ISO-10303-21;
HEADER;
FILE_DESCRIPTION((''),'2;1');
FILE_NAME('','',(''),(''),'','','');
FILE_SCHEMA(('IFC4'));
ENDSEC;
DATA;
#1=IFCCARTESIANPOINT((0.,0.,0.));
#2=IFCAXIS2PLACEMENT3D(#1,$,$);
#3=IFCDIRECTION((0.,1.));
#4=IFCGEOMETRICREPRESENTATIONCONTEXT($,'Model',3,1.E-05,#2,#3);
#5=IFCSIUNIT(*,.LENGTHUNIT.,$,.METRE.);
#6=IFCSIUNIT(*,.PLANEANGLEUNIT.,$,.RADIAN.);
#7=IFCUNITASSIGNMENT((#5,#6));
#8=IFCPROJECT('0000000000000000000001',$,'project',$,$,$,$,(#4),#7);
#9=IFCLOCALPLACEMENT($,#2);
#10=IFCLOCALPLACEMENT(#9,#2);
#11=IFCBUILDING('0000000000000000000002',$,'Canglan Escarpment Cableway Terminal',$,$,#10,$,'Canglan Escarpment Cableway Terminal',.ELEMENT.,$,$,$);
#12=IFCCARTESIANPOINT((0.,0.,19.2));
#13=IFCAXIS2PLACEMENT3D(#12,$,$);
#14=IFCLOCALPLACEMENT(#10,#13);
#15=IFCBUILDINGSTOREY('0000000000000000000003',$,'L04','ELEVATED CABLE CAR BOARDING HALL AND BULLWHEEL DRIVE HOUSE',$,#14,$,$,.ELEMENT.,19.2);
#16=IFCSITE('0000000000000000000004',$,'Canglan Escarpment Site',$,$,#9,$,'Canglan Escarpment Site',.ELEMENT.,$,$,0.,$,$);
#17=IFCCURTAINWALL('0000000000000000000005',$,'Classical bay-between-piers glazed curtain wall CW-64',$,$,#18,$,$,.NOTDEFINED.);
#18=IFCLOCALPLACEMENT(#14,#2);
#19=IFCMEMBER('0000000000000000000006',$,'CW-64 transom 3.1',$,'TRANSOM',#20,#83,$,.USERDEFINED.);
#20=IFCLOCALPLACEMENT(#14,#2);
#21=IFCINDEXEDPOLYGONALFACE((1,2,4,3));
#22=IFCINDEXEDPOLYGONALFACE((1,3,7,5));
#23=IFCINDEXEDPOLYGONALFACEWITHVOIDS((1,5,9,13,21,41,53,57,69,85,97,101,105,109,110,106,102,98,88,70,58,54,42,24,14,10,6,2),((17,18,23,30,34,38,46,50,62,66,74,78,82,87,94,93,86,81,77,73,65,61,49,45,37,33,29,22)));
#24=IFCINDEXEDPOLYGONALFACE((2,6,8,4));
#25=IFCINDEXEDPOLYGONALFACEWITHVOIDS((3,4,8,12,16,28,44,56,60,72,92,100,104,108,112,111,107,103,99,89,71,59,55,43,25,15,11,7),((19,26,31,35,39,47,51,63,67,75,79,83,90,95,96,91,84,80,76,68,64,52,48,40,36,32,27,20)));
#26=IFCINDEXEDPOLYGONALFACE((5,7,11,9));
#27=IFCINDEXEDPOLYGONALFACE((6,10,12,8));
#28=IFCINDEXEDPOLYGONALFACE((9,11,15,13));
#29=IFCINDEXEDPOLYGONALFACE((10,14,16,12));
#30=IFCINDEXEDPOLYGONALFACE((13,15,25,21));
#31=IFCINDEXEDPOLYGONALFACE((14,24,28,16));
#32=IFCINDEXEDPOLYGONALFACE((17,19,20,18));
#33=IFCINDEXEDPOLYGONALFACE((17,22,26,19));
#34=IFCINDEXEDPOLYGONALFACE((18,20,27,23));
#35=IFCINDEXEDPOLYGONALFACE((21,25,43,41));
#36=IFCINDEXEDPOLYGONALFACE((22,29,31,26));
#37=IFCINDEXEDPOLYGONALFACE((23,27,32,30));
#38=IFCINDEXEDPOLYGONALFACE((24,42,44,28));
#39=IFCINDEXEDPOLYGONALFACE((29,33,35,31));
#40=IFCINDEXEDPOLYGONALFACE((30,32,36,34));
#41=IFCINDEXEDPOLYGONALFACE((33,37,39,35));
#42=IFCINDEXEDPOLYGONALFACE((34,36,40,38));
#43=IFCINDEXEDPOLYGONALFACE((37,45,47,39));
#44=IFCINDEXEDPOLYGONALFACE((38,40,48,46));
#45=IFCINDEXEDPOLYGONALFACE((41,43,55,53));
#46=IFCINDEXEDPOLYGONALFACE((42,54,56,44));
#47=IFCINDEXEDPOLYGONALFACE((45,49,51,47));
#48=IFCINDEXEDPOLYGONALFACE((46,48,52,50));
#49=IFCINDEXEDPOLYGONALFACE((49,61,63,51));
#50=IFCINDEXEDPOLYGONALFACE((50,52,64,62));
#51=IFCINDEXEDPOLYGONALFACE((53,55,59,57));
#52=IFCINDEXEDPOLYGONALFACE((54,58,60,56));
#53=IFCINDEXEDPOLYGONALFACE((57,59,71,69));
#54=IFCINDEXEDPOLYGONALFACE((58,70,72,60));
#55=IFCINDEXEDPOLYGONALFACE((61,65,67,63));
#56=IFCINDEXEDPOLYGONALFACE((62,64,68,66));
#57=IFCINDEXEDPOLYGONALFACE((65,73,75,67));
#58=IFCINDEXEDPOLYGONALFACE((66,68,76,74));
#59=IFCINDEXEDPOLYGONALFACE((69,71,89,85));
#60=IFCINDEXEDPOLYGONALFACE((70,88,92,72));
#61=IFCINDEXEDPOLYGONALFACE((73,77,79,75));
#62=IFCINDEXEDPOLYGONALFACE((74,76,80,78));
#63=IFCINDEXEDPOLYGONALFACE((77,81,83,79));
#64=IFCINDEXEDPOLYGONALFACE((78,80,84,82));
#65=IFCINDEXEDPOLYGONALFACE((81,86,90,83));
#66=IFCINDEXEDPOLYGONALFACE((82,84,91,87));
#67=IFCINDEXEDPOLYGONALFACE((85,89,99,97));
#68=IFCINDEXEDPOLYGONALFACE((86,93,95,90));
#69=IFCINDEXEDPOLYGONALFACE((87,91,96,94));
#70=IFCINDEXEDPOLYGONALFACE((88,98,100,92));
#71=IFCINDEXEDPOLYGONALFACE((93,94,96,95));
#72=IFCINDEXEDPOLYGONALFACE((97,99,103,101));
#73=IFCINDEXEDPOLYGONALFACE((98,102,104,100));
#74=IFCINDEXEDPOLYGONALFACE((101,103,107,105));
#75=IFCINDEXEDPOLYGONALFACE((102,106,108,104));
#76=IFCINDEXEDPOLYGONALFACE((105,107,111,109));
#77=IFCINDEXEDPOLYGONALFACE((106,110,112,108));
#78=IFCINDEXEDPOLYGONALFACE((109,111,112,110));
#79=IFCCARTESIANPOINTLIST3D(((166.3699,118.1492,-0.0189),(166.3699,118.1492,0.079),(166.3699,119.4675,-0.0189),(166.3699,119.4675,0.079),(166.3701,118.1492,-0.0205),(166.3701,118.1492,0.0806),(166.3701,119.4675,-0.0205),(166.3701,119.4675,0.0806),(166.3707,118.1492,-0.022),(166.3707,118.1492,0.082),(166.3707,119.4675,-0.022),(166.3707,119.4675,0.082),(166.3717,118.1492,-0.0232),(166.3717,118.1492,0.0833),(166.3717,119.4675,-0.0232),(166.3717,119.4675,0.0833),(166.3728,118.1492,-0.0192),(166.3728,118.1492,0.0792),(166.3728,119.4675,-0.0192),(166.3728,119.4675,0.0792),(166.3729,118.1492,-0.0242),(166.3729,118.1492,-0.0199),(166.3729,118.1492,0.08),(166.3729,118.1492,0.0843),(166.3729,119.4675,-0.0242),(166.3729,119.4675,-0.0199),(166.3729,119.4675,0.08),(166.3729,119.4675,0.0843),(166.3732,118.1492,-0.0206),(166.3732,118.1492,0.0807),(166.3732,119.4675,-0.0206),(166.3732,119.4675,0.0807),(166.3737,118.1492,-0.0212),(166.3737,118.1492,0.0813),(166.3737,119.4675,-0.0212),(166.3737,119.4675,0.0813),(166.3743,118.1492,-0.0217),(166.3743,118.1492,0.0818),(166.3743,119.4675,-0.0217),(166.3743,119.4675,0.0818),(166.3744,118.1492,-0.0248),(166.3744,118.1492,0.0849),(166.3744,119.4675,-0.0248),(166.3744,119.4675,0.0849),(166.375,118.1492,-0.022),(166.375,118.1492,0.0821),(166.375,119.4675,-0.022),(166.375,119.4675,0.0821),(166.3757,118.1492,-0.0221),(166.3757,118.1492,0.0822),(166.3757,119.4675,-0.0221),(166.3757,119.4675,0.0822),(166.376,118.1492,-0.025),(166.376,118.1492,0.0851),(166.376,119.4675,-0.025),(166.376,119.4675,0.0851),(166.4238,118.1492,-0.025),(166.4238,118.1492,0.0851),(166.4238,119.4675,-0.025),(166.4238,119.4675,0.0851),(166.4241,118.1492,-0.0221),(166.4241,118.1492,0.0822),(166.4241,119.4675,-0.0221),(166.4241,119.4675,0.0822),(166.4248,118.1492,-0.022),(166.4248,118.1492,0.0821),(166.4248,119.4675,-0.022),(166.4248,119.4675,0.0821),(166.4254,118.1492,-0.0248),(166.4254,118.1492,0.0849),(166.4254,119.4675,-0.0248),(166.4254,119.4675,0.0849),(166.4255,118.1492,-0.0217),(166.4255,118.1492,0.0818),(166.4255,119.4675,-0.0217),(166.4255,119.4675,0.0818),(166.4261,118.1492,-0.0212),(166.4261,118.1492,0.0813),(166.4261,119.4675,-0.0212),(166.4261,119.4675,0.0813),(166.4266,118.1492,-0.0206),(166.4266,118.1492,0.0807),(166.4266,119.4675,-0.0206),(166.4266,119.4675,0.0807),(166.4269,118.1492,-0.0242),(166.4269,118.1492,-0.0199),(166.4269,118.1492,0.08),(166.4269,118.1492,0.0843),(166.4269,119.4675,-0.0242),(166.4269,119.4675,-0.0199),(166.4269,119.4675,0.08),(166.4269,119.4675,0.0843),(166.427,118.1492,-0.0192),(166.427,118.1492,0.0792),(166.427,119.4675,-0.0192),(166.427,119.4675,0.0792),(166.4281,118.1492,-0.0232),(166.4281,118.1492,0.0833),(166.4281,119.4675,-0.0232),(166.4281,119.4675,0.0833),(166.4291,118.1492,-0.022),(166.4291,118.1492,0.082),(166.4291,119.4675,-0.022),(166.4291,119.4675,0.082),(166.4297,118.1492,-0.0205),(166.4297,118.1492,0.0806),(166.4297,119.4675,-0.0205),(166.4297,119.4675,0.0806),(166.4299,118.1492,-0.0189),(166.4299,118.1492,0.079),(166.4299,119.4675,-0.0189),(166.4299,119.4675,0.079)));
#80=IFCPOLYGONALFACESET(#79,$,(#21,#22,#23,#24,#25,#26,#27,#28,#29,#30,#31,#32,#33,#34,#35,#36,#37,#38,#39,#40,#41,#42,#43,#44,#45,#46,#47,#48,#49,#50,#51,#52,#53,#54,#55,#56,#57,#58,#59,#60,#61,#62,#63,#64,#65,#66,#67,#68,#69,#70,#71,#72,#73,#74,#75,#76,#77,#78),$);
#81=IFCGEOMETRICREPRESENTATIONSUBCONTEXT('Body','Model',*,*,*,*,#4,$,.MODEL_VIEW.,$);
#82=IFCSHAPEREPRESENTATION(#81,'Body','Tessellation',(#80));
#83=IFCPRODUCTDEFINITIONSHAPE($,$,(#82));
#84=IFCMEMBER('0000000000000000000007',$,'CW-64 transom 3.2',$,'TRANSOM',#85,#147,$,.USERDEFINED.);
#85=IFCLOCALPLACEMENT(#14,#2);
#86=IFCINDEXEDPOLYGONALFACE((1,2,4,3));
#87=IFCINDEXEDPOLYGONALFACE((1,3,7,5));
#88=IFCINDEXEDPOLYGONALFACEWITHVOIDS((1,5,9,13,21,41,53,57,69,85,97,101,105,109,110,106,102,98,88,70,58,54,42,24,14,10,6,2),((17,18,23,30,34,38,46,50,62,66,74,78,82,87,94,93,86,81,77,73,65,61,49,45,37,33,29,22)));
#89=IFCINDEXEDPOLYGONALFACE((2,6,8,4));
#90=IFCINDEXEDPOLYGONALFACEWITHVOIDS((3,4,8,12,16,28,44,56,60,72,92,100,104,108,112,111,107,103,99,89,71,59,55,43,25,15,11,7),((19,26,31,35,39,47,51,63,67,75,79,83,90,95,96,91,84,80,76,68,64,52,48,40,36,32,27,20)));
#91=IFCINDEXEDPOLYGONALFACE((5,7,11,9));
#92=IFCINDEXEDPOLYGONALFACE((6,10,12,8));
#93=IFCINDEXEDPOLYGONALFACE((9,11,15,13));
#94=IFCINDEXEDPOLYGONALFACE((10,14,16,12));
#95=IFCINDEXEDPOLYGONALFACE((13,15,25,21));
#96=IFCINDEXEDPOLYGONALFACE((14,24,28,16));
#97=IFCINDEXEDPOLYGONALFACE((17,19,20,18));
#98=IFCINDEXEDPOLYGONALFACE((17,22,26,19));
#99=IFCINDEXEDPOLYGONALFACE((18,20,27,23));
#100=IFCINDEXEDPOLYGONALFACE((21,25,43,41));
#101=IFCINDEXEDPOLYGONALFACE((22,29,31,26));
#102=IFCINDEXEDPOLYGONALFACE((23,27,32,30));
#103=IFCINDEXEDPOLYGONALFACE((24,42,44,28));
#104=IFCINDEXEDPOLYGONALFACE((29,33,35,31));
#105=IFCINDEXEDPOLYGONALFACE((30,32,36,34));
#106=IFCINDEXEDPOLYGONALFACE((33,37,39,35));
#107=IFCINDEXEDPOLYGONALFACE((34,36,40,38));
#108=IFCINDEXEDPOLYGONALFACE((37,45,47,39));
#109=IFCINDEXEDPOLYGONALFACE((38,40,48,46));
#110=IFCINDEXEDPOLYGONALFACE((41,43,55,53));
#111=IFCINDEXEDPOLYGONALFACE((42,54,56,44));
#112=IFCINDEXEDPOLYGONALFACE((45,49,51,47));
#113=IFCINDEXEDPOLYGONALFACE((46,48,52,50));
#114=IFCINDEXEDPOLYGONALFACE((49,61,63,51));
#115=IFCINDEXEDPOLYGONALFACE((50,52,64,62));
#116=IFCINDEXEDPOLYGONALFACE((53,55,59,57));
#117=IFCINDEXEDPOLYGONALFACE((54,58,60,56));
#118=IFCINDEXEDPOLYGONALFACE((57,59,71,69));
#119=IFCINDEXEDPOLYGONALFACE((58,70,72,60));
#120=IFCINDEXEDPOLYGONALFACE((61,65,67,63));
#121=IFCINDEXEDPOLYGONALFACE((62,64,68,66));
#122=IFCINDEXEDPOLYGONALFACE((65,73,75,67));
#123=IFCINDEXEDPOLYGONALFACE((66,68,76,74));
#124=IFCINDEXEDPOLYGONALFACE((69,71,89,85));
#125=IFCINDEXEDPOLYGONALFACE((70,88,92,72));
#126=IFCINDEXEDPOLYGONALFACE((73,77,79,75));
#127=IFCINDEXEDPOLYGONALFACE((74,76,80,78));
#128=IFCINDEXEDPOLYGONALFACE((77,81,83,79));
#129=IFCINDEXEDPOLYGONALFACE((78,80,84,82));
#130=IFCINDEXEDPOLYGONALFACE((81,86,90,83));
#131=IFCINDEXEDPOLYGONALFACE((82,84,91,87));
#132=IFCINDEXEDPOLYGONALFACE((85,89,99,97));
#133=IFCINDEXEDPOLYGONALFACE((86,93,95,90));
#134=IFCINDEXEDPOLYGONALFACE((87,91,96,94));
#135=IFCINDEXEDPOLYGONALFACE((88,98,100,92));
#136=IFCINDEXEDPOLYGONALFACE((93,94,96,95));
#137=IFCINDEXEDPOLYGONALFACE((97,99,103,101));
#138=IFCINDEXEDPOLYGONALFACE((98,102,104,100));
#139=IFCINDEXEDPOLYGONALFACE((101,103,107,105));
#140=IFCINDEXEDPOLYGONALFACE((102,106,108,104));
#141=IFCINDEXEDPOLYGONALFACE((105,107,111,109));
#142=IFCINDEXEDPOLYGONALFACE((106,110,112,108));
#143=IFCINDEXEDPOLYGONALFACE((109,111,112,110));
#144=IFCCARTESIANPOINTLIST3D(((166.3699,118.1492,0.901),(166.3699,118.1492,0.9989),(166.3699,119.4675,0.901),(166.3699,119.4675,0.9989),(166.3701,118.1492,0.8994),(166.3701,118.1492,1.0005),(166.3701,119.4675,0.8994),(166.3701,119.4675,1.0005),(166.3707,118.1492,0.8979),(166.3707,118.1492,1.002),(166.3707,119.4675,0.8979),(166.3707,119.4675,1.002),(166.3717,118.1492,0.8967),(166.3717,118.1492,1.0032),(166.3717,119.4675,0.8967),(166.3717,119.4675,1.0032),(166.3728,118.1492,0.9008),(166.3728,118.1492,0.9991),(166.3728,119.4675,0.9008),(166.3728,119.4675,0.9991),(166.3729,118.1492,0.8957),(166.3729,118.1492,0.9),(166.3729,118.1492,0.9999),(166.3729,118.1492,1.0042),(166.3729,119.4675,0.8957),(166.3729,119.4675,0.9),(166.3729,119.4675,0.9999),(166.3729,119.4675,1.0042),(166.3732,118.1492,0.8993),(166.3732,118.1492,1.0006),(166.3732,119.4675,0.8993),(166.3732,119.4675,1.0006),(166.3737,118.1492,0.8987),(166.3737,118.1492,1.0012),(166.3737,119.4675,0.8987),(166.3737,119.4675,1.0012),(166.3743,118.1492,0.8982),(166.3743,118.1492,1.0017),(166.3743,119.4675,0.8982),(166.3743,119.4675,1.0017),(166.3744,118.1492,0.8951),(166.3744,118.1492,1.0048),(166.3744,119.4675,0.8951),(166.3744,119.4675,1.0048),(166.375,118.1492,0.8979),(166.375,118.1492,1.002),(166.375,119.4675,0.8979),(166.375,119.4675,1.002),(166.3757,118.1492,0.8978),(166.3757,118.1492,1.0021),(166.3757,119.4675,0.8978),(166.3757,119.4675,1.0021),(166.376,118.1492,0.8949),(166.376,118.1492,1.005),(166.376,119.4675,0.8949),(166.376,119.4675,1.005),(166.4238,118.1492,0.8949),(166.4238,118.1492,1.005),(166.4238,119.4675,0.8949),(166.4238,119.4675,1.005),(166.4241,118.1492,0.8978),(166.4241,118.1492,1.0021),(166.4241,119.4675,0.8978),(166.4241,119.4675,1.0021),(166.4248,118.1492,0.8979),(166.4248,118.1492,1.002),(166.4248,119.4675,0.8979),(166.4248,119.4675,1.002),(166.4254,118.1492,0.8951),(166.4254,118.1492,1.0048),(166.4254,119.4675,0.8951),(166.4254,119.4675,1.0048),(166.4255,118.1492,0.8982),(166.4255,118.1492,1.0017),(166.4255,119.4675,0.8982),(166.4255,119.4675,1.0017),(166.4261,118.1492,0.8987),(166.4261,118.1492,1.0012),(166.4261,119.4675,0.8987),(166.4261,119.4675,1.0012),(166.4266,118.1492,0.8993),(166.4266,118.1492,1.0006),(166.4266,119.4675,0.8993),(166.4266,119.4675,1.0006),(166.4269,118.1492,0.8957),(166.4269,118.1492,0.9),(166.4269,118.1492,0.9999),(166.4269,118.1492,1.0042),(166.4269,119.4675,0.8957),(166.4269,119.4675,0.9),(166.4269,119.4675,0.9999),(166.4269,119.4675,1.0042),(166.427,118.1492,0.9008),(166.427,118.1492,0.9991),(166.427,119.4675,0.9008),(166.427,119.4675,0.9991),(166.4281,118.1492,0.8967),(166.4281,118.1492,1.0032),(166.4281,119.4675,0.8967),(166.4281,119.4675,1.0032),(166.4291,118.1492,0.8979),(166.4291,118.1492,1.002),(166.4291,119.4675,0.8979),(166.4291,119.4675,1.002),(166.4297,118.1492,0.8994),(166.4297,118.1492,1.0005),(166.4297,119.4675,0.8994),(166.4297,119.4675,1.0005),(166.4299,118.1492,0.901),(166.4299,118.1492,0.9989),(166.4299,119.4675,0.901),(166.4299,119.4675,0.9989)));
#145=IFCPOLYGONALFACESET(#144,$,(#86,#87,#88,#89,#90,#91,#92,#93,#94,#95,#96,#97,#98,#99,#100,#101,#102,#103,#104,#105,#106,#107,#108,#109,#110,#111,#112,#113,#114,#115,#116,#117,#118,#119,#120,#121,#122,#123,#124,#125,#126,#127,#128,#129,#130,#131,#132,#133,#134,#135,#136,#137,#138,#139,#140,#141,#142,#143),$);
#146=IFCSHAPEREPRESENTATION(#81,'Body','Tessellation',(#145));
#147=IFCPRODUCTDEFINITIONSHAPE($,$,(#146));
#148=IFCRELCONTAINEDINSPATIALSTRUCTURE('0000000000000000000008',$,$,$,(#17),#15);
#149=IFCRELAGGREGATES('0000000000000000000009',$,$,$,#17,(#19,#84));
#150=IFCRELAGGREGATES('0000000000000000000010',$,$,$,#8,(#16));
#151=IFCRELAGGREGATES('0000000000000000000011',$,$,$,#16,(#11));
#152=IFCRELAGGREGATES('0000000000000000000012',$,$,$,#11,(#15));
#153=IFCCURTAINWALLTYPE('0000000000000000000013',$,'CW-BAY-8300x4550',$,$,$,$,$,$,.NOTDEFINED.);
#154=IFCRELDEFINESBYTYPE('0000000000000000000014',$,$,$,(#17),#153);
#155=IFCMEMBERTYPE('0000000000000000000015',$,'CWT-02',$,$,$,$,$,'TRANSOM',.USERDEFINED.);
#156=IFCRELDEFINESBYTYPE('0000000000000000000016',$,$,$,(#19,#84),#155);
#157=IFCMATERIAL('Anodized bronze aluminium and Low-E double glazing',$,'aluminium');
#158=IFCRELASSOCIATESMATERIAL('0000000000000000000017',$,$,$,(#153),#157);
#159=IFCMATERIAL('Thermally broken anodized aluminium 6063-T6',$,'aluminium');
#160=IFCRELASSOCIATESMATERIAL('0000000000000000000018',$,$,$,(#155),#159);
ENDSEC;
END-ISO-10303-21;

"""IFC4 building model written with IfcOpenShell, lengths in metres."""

from ifc_helpers import new_model, si_unit, direction, frame, origin, origin_2d, place, context, subcontext, project, spatial, hollow_rectangle, extrude, material, material_profile, profile_set, type_object, element, aggregate, save


model = new_model("IFC4")

# Units and contexts
model_context = context("Model", 3, precision=1e-05, world=origin(), true_north=direction((0.0, 1.0)))
body_context = subcontext(model_context, "Body", "Model", "MODEL_VIEW")
ifc_project = project(units=[si_unit("LENGTHUNIT", "METRE"), si_unit("PLANEANGLEUNIT", "RADIAN")], contexts=[model_context])

# Site, building, storey
site_placement = place(None, origin())
site = spatial("IfcSite", under=ifc_project, at=site_placement, Name="Canglan Escarpment Site", LongName="Canglan Escarpment Site", CompositionType="ELEMENT", RefElevation=0.0)
building_placement = place(site_placement, origin())
building = spatial("IfcBuilding", under=site, at=building_placement, Name="Canglan Escarpment Cableway Terminal", LongName="Canglan Escarpment Cableway Terminal", CompositionType="ELEMENT")
storey_placement = place(building_placement, frame((0.0, 0.0, 19.2)))
storey = spatial("IfcBuildingStorey", under=building, at=storey_placement, Name="L04", Description="ELEVATED CABLE CAR BOARDING HALL AND BULLWHEEL DRIVE HOUSE", CompositionType="ELEMENT", Elevation=19.2)

# Curtain wall, members
ifc_material_1 = material(Name="Anodized bronze aluminium and Low-E double glazing", Category="aluminium")
curtain_wall_type = type_object("IfcCurtainWallType", Name="CW-BAY-8300x4550", PredefinedType="NOTDEFINED", material=ifc_material_1)
curtain_wall_placement = place(storey_placement, origin())
curtain_wall = element("IfcCurtainWall", 1, at=curtain_wall_placement, inside=storey, type_object=curtain_wall_type, Name="Classical bay-between-piers glazed curtain wall CW-64", PredefinedType="NOTDEFINED")
ifc_material_2 = material(Name="Thermally broken anodized aluminium 6063-T6", Category="aluminium")
ifc_material_profile_1 = material_profile(ifc_material_2, hollow_rectangle(XDim=0.0601, YDim=0.1101, WallThickness=0.0029, InnerFilletRadius=0.0029, OuterFilletRadius=0.0061, at=origin_2d()), Name="ALU-TRAN 60x110x3")
ifc_profile_set_1 = profile_set([ifc_material_profile_1], Name="Thermally broken anodized aluminium 6063-T6")
member_type_1 = type_object("IfcMemberType", Name="CWT-02", ElementType="TRANSOM", PredefinedType="USERDEFINED", material=ifc_profile_set_1)
member_1_placement = place(storey_placement, frame((166.3999, 118.1492, 0.03), z_axis=(0.0, 1.0, 0.0), x_axis=(-1.0, 0.0, 0.0)))
member_1 = element("IfcMember", 2, at=member_1_placement, type_object=member_type_1, Name="CW-64 transom 3.1", ObjectType="TRANSOM", PredefinedType="USERDEFINED", context=body_context, shape_type="SweptSolid", body=[
    extrude(hollow_rectangle(XDim=0.0601, YDim=0.1101, WallThickness=0.0029, InnerFilletRadius=0.0029, OuterFilletRadius=0.0061, at=origin_2d()), origin(), (0.0, 0.0, 1.0), 1.3184),
])
member_2_placement = place(storey_placement, frame((166.3999, 118.1492, 0.95), z_axis=(0.0, 1.0, 0.0), x_axis=(-1.0, 0.0, 0.0)))
member_2 = element("IfcMember", 3, at=member_2_placement, type_object=member_type_1, Name="CW-64 transom 3.2", ObjectType="TRANSOM", PredefinedType="USERDEFINED", context=body_context, shape_type="SweptSolid", body=[
    extrude(hollow_rectangle(XDim=0.0601, YDim=0.1101, WallThickness=0.0029, InnerFilletRadius=0.0029, OuterFilletRadius=0.0061, at=origin_2d()), origin(), (0.0, 0.0, 1.0), 1.3184),
])
aggregate(curtain_wall, [member_1, member_2])

save(model, "model.ifc")
